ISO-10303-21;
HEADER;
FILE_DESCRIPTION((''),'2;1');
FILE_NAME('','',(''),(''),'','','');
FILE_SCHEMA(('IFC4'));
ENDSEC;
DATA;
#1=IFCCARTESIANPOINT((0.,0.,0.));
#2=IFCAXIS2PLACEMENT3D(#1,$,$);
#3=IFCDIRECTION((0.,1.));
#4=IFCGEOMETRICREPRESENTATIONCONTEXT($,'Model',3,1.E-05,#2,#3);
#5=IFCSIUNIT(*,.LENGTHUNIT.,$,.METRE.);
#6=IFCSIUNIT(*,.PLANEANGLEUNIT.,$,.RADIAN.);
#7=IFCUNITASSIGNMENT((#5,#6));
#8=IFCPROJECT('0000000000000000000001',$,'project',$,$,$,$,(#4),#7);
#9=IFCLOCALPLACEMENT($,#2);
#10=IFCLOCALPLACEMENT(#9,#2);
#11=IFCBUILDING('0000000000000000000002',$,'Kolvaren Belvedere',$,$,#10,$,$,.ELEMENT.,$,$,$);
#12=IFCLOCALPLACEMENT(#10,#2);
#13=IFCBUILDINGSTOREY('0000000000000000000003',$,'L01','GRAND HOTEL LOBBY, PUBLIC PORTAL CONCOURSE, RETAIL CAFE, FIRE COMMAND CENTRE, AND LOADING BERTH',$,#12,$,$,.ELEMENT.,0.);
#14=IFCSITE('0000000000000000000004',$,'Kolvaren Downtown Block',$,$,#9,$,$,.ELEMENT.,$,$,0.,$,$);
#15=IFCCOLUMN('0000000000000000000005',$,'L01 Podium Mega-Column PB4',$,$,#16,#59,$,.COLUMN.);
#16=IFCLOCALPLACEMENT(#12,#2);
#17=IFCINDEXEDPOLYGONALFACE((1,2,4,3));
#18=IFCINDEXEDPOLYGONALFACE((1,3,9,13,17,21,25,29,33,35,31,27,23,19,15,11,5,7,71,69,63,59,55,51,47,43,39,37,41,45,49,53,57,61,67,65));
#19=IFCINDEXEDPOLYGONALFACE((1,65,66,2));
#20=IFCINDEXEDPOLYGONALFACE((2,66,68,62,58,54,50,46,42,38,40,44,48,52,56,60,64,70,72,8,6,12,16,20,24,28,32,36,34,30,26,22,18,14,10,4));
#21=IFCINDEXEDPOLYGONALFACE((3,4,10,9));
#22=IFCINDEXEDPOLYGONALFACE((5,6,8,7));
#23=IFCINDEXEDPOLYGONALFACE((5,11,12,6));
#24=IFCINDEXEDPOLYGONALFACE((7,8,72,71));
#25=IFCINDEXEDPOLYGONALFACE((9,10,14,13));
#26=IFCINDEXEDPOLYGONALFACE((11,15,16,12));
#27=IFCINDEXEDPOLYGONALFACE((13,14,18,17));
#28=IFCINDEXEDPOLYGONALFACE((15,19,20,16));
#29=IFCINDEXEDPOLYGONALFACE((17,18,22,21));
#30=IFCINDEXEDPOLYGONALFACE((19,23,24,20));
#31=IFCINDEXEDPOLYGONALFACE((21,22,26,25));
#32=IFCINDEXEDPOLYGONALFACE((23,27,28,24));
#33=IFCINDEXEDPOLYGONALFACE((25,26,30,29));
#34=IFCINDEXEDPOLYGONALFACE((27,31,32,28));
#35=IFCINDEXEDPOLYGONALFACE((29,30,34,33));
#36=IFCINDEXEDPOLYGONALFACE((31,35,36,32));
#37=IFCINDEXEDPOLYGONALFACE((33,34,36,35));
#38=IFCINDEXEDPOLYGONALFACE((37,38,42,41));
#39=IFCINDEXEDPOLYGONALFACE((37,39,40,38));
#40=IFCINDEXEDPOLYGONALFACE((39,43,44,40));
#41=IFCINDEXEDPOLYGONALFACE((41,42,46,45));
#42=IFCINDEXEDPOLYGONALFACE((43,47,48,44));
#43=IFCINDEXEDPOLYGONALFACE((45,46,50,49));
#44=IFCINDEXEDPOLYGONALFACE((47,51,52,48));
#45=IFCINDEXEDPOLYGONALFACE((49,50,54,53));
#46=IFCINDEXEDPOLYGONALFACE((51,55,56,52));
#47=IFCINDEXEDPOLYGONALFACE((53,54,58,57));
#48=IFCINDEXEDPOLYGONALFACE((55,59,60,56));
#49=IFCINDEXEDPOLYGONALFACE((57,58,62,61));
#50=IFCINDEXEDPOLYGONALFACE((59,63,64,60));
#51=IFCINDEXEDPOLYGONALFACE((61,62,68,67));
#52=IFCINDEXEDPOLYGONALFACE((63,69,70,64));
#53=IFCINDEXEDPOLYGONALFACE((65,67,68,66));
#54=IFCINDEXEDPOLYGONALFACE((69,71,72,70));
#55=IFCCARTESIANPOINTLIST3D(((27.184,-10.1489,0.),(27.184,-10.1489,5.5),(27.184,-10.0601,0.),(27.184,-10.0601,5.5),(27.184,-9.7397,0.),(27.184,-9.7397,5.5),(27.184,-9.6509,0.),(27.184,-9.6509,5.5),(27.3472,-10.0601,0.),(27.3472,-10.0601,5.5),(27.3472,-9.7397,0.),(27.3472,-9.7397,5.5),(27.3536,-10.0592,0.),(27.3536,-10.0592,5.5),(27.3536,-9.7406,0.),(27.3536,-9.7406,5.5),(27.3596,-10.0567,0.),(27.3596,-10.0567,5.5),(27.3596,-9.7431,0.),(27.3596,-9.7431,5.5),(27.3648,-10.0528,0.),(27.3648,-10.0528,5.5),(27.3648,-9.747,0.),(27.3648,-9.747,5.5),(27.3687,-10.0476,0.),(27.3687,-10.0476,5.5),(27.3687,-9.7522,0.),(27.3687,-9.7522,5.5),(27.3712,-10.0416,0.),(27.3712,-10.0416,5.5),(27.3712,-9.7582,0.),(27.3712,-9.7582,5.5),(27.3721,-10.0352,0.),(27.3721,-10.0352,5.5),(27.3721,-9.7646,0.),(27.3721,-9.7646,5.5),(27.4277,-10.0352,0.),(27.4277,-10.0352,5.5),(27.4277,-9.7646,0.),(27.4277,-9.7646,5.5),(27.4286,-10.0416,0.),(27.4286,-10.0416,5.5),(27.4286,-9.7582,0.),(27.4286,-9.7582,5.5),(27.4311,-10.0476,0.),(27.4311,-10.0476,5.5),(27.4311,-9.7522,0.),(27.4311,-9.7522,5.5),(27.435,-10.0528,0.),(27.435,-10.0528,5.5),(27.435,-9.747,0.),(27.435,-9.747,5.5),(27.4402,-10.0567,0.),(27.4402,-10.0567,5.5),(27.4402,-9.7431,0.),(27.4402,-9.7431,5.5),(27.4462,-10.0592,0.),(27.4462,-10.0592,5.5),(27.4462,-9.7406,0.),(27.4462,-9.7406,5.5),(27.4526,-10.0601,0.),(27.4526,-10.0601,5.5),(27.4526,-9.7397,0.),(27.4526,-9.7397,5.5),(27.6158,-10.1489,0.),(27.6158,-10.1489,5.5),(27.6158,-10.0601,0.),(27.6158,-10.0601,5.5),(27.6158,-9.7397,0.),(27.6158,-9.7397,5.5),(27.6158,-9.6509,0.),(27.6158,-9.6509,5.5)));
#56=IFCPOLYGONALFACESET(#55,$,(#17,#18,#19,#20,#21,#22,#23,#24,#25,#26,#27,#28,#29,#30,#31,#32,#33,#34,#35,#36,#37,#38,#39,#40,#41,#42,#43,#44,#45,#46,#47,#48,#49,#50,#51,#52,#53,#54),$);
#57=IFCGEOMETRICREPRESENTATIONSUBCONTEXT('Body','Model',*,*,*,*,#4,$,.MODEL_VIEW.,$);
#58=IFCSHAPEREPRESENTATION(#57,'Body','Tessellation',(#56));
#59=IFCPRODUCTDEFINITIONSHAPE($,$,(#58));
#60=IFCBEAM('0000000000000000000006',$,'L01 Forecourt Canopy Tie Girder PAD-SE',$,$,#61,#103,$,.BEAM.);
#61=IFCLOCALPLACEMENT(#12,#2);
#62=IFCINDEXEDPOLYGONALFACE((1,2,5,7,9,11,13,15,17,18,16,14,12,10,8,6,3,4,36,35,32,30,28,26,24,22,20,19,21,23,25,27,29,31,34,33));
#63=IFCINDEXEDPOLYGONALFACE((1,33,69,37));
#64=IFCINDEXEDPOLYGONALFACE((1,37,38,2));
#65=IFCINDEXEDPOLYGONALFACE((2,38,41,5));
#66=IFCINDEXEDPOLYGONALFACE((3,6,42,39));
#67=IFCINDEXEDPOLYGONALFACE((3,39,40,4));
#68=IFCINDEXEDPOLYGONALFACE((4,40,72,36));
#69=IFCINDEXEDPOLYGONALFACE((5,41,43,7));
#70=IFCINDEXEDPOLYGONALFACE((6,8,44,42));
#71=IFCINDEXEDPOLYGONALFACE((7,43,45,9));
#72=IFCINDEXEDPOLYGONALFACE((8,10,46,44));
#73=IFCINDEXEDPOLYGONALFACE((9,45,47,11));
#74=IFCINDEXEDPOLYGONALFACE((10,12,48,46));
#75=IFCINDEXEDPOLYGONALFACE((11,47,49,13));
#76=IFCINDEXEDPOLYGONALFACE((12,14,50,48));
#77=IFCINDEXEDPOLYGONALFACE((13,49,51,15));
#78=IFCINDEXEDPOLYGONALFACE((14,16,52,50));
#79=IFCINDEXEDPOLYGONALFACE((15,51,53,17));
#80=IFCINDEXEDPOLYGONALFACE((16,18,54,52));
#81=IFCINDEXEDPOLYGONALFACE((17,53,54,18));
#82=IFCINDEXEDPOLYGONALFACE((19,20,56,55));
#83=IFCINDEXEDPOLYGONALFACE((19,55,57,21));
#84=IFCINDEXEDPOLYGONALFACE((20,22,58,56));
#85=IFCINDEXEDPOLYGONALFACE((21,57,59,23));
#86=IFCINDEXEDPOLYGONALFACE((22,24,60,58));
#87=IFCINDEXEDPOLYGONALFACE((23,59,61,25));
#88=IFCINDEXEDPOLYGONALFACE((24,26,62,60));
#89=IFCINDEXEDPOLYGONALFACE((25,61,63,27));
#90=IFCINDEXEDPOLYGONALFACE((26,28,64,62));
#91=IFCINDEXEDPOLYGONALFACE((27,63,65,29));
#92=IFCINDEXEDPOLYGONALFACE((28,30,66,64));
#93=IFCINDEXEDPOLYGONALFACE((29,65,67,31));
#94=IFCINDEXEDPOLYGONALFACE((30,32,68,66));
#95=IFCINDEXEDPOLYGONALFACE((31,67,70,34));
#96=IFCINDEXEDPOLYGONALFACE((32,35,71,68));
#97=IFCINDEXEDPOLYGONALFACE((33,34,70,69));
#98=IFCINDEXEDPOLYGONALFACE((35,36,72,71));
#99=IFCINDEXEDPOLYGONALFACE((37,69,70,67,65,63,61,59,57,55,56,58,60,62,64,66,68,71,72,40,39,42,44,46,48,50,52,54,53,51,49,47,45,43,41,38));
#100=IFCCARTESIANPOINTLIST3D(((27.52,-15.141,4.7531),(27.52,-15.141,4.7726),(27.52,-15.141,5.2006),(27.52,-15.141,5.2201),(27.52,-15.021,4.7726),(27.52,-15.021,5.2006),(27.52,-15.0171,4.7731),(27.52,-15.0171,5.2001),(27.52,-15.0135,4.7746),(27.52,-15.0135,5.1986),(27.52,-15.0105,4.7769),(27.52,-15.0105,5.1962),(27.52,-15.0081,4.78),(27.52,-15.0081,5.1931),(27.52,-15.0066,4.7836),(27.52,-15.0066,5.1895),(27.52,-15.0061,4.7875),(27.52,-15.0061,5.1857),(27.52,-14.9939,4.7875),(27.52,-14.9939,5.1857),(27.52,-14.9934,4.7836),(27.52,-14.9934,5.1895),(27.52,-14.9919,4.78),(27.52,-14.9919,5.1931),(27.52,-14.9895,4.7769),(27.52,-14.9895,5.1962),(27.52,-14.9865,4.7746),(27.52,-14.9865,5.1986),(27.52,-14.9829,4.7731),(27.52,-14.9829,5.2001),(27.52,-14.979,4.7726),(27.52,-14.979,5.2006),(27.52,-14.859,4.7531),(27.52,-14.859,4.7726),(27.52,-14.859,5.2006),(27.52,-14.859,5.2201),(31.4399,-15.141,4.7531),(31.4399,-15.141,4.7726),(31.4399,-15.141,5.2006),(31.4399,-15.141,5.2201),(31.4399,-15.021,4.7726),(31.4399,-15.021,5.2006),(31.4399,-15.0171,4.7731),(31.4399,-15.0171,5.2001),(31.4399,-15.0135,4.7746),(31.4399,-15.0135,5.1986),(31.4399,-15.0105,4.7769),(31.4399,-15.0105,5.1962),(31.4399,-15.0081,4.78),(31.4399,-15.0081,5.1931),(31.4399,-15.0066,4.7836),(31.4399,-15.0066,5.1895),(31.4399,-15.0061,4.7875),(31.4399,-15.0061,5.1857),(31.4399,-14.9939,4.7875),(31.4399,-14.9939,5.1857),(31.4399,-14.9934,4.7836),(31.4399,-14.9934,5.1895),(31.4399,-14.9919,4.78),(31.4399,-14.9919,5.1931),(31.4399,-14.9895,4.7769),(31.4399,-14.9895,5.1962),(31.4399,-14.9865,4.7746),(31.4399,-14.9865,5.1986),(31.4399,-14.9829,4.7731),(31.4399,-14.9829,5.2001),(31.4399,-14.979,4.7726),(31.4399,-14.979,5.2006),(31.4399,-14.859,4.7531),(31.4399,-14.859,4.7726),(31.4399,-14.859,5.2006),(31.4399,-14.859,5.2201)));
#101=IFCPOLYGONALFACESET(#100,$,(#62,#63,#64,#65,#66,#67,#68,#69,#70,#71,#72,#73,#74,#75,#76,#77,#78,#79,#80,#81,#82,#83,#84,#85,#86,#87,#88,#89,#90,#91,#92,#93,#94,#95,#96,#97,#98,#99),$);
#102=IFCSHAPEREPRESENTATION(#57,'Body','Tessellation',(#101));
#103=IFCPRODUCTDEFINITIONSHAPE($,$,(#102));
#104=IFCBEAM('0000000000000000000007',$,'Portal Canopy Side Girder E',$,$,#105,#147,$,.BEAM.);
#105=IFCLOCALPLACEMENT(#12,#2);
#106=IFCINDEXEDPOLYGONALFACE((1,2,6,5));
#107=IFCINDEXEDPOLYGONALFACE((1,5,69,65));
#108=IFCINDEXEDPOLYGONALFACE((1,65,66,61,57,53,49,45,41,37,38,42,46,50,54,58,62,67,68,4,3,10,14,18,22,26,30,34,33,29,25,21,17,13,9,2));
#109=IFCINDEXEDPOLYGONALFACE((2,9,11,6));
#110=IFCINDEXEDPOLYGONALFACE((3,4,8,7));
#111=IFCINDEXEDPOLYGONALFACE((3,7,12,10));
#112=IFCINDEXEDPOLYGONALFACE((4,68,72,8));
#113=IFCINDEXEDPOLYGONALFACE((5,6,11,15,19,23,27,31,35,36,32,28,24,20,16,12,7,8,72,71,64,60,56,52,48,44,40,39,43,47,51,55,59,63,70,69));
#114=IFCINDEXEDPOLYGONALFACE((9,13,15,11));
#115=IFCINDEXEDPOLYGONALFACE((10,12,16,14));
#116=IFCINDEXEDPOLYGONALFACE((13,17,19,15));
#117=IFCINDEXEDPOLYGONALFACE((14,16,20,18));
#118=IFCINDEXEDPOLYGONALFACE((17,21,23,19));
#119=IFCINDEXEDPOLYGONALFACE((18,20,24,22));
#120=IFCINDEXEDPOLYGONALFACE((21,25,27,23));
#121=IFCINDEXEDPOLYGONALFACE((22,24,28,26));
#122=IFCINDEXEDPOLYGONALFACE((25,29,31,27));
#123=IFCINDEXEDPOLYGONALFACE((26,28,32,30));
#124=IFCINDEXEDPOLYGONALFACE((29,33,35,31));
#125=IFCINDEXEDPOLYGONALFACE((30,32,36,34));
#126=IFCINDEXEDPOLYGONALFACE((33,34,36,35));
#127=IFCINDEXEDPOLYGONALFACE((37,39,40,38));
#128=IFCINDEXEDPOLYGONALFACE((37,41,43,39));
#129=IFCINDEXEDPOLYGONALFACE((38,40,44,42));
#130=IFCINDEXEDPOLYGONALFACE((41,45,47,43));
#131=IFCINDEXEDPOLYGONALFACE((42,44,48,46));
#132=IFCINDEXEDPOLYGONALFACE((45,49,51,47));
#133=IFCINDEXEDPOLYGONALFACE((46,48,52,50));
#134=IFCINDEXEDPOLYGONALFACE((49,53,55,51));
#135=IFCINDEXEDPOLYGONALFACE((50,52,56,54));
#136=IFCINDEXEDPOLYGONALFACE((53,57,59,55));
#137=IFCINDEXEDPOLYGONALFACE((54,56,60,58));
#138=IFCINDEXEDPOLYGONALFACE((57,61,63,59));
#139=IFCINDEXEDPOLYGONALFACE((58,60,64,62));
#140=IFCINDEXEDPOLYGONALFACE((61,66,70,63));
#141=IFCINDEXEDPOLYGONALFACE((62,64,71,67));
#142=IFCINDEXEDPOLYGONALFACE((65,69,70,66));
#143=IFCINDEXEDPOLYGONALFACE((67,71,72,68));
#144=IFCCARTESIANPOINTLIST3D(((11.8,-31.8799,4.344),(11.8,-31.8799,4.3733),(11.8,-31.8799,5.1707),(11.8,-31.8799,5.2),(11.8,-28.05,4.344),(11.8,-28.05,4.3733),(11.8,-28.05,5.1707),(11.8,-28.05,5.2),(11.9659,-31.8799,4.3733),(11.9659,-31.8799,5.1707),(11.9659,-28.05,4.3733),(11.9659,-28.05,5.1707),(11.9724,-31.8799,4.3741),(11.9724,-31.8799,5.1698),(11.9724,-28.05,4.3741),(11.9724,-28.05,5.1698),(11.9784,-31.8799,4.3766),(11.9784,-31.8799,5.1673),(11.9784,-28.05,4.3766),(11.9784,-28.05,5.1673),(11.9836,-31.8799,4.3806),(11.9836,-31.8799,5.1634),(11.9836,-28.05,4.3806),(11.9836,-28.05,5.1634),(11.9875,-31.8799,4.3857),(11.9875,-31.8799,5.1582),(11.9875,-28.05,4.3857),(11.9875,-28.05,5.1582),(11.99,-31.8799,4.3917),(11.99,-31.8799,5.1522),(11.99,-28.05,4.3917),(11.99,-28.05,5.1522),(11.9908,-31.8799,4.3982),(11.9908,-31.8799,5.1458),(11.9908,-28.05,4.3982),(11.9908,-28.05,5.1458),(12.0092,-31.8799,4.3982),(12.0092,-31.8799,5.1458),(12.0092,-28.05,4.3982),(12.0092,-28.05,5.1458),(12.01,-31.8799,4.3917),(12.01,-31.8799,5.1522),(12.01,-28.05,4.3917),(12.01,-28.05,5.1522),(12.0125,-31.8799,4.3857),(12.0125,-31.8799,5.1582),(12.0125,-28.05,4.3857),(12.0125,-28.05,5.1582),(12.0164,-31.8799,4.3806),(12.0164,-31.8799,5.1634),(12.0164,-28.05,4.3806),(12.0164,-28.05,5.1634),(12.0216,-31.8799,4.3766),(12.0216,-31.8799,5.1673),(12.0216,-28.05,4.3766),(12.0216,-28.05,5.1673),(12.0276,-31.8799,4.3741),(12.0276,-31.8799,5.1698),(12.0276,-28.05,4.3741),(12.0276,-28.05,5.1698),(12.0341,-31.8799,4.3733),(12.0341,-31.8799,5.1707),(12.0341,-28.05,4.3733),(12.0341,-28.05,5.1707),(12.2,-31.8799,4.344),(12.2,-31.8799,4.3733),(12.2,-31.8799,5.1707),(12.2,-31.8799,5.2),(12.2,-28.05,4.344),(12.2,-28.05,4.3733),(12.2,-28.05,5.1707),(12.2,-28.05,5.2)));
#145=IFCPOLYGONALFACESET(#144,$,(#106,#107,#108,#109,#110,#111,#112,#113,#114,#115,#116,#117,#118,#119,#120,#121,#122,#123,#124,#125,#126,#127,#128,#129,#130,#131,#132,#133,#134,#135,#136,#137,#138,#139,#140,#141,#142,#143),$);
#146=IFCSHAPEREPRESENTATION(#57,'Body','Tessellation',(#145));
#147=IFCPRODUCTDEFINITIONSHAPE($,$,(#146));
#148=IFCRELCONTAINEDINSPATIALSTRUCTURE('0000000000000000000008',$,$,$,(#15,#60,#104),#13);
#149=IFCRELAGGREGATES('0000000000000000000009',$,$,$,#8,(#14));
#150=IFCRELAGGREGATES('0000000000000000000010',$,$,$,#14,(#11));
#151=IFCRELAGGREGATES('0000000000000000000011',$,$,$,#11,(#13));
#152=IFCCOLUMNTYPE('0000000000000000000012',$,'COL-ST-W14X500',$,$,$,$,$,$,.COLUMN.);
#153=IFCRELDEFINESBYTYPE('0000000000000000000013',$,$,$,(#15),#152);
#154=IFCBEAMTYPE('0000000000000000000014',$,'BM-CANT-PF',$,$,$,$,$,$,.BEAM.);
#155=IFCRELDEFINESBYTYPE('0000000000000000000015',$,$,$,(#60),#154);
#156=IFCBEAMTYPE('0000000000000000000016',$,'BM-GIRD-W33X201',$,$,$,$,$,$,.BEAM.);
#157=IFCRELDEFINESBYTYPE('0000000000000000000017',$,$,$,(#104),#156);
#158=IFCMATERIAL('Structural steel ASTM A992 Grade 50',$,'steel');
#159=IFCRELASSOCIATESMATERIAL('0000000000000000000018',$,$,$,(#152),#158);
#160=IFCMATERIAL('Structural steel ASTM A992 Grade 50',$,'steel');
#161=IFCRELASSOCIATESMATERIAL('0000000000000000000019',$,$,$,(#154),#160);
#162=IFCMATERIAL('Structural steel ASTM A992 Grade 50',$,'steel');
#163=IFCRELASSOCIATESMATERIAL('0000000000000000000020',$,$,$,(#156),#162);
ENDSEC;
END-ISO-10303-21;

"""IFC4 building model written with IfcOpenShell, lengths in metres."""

from ifc_helpers import new_model, si_unit, direction, frame, origin, origin_2d, place, context, subcontext, project, spatial, i_section, extrude, material, material_profile, profile_set, type_object, element, save


model = new_model("IFC4")

# Units and contexts
model_context = context("Model", 3, precision=1e-05, world=origin(), true_north=direction((0.0, 1.0)))
body_context = subcontext(model_context, "Body", "Model", "MODEL_VIEW")
ifc_project = project(units=[si_unit("LENGTHUNIT", "METRE"), si_unit("PLANEANGLEUNIT", "RADIAN")], contexts=[model_context])

# Site, building, storey
site_placement = place(None, origin())
site = spatial("IfcSite", under=ifc_project, at=site_placement, Name="Kolvaren Downtown Block", CompositionType="ELEMENT", RefElevation=0.0)
building_placement = place(site_placement, origin())
building = spatial("IfcBuilding", under=site, at=building_placement, Name="Kolvaren Belvedere", CompositionType="ELEMENT")
storey_placement = place(building_placement, origin())
storey = spatial("IfcBuildingStorey", under=building, at=storey_placement, Name="L01", Description="GRAND HOTEL LOBBY, PUBLIC PORTAL CONCOURSE, RETAIL CAFE, FIRE COMMAND CENTRE, AND LOADING BERTH", CompositionType="ELEMENT", Elevation=0.0)

# Column
ifc_material_1 = material(Name="Structural steel ASTM A992 Grade 50", Category="steel")
ifc_material_profile_1 = material_profile(ifc_material_1, i_section(OverallWidth=0.4319, OverallDepth=0.498, WebThickness=0.0557, FlangeThickness=0.0889, FilletRadius=0.0249, at=origin_2d()), Name="W14X500")
ifc_profile_set_1 = profile_set([ifc_material_profile_1], Name="Structural steel ASTM A992 Grade 50")
column_type_1 = type_object("IfcColumnType", Name="COL-ST-W14X500", PredefinedType="COLUMN", material=ifc_profile_set_1)
for number, where, z_axis, x_axis, name in (
    (1, (27.3999, -9.8999, 0.0), (0.0, 0.0, 1.0), (1.0, 0.0, 0.0), "L01 Podium Mega-Column PB4"),
):
    element("IfcColumn", number, at=place(storey_placement, frame(where, z_axis=z_axis, x_axis=x_axis)), inside=storey, type_object=column_type_1, Name=name, PredefinedType="COLUMN", context=body_context, shape_type="SweptSolid", body=[
        extrude(i_section(OverallWidth=0.4319, OverallDepth=0.498, WebThickness=0.0557, FlangeThickness=0.0889, FilletRadius=0.0249, at=origin_2d()), origin(), (0.0, 0.0, 1.0), 5.5),
    ])

# Beams
ifc_material_2 = material(Name="Structural steel ASTM A992 Grade 50", Category="steel")
ifc_material_profile_2 = material_profile(ifc_material_2, i_section(OverallWidth=0.282, OverallDepth=0.467, WebThickness=0.0122, FlangeThickness=0.0195, FilletRadius=0.0149, at=origin_2d()), Name="W18X86")
ifc_profile_set_2 = profile_set([ifc_material_profile_2], Name="Structural steel ASTM A992 Grade 50")
beam_type_1 = type_object("IfcBeamType", Name="BM-CANT-PF", PredefinedType="BEAM", material=ifc_profile_set_2)
beam_1_placement = place(storey_placement, frame((31.4399, -15.0, 4.9866), z_axis=(-1.0, 0.0, 0.0), x_axis=(0.0, -1.0, 0.0)))
element("IfcBeam", 2, at=beam_1_placement, inside=storey, type_object=beam_type_1, Name="L01 Forecourt Canopy Tie Girder PAD-SE", PredefinedType="BEAM", context=body_context, shape_type="SweptSolid", body=[
    extrude(i_section(OverallWidth=0.282, OverallDepth=0.467, WebThickness=0.0122, FlangeThickness=0.0195, FilletRadius=0.0149, at=origin_2d()), origin(), (0.0, 0.0, 1.0), 3.9199),
])
ifc_material_3 = material(Name="Structural steel ASTM A992 Grade 50", Category="steel")
ifc_material_profile_3 = material_profile(ifc_material_3, i_section(OverallWidth=0.3999, OverallDepth=0.856, WebThickness=0.0183, FlangeThickness=0.0293, FilletRadius=0.0249, at=origin_2d()), Name="W33X201")
ifc_profile_set_3 = profile_set([ifc_material_profile_3], Name="Structural steel ASTM A992 Grade 50")
beam_type_2 = type_object("IfcBeamType", Name="BM-GIRD-W33X201", PredefinedType="BEAM", material=ifc_profile_set_3)
beam_2_placement = place(storey_placement, frame((12.0, -28.05, 4.772), z_axis=(0.0, -1.0, 0.0), x_axis=(1.0, 0.0, 0.0)))
element("IfcBeam", 3, at=beam_2_placement, inside=storey, type_object=beam_type_2, Name="Portal Canopy Side Girder E", PredefinedType="BEAM", context=body_context, shape_type="SweptSolid", body=[
    extrude(i_section(OverallWidth=0.3999, OverallDepth=0.856, WebThickness=0.0183, FlangeThickness=0.0293, FilletRadius=0.0249, at=origin_2d()), origin(), (0.0, 0.0, 1.0), 3.8298),
])

save(model, "model.ifc")
